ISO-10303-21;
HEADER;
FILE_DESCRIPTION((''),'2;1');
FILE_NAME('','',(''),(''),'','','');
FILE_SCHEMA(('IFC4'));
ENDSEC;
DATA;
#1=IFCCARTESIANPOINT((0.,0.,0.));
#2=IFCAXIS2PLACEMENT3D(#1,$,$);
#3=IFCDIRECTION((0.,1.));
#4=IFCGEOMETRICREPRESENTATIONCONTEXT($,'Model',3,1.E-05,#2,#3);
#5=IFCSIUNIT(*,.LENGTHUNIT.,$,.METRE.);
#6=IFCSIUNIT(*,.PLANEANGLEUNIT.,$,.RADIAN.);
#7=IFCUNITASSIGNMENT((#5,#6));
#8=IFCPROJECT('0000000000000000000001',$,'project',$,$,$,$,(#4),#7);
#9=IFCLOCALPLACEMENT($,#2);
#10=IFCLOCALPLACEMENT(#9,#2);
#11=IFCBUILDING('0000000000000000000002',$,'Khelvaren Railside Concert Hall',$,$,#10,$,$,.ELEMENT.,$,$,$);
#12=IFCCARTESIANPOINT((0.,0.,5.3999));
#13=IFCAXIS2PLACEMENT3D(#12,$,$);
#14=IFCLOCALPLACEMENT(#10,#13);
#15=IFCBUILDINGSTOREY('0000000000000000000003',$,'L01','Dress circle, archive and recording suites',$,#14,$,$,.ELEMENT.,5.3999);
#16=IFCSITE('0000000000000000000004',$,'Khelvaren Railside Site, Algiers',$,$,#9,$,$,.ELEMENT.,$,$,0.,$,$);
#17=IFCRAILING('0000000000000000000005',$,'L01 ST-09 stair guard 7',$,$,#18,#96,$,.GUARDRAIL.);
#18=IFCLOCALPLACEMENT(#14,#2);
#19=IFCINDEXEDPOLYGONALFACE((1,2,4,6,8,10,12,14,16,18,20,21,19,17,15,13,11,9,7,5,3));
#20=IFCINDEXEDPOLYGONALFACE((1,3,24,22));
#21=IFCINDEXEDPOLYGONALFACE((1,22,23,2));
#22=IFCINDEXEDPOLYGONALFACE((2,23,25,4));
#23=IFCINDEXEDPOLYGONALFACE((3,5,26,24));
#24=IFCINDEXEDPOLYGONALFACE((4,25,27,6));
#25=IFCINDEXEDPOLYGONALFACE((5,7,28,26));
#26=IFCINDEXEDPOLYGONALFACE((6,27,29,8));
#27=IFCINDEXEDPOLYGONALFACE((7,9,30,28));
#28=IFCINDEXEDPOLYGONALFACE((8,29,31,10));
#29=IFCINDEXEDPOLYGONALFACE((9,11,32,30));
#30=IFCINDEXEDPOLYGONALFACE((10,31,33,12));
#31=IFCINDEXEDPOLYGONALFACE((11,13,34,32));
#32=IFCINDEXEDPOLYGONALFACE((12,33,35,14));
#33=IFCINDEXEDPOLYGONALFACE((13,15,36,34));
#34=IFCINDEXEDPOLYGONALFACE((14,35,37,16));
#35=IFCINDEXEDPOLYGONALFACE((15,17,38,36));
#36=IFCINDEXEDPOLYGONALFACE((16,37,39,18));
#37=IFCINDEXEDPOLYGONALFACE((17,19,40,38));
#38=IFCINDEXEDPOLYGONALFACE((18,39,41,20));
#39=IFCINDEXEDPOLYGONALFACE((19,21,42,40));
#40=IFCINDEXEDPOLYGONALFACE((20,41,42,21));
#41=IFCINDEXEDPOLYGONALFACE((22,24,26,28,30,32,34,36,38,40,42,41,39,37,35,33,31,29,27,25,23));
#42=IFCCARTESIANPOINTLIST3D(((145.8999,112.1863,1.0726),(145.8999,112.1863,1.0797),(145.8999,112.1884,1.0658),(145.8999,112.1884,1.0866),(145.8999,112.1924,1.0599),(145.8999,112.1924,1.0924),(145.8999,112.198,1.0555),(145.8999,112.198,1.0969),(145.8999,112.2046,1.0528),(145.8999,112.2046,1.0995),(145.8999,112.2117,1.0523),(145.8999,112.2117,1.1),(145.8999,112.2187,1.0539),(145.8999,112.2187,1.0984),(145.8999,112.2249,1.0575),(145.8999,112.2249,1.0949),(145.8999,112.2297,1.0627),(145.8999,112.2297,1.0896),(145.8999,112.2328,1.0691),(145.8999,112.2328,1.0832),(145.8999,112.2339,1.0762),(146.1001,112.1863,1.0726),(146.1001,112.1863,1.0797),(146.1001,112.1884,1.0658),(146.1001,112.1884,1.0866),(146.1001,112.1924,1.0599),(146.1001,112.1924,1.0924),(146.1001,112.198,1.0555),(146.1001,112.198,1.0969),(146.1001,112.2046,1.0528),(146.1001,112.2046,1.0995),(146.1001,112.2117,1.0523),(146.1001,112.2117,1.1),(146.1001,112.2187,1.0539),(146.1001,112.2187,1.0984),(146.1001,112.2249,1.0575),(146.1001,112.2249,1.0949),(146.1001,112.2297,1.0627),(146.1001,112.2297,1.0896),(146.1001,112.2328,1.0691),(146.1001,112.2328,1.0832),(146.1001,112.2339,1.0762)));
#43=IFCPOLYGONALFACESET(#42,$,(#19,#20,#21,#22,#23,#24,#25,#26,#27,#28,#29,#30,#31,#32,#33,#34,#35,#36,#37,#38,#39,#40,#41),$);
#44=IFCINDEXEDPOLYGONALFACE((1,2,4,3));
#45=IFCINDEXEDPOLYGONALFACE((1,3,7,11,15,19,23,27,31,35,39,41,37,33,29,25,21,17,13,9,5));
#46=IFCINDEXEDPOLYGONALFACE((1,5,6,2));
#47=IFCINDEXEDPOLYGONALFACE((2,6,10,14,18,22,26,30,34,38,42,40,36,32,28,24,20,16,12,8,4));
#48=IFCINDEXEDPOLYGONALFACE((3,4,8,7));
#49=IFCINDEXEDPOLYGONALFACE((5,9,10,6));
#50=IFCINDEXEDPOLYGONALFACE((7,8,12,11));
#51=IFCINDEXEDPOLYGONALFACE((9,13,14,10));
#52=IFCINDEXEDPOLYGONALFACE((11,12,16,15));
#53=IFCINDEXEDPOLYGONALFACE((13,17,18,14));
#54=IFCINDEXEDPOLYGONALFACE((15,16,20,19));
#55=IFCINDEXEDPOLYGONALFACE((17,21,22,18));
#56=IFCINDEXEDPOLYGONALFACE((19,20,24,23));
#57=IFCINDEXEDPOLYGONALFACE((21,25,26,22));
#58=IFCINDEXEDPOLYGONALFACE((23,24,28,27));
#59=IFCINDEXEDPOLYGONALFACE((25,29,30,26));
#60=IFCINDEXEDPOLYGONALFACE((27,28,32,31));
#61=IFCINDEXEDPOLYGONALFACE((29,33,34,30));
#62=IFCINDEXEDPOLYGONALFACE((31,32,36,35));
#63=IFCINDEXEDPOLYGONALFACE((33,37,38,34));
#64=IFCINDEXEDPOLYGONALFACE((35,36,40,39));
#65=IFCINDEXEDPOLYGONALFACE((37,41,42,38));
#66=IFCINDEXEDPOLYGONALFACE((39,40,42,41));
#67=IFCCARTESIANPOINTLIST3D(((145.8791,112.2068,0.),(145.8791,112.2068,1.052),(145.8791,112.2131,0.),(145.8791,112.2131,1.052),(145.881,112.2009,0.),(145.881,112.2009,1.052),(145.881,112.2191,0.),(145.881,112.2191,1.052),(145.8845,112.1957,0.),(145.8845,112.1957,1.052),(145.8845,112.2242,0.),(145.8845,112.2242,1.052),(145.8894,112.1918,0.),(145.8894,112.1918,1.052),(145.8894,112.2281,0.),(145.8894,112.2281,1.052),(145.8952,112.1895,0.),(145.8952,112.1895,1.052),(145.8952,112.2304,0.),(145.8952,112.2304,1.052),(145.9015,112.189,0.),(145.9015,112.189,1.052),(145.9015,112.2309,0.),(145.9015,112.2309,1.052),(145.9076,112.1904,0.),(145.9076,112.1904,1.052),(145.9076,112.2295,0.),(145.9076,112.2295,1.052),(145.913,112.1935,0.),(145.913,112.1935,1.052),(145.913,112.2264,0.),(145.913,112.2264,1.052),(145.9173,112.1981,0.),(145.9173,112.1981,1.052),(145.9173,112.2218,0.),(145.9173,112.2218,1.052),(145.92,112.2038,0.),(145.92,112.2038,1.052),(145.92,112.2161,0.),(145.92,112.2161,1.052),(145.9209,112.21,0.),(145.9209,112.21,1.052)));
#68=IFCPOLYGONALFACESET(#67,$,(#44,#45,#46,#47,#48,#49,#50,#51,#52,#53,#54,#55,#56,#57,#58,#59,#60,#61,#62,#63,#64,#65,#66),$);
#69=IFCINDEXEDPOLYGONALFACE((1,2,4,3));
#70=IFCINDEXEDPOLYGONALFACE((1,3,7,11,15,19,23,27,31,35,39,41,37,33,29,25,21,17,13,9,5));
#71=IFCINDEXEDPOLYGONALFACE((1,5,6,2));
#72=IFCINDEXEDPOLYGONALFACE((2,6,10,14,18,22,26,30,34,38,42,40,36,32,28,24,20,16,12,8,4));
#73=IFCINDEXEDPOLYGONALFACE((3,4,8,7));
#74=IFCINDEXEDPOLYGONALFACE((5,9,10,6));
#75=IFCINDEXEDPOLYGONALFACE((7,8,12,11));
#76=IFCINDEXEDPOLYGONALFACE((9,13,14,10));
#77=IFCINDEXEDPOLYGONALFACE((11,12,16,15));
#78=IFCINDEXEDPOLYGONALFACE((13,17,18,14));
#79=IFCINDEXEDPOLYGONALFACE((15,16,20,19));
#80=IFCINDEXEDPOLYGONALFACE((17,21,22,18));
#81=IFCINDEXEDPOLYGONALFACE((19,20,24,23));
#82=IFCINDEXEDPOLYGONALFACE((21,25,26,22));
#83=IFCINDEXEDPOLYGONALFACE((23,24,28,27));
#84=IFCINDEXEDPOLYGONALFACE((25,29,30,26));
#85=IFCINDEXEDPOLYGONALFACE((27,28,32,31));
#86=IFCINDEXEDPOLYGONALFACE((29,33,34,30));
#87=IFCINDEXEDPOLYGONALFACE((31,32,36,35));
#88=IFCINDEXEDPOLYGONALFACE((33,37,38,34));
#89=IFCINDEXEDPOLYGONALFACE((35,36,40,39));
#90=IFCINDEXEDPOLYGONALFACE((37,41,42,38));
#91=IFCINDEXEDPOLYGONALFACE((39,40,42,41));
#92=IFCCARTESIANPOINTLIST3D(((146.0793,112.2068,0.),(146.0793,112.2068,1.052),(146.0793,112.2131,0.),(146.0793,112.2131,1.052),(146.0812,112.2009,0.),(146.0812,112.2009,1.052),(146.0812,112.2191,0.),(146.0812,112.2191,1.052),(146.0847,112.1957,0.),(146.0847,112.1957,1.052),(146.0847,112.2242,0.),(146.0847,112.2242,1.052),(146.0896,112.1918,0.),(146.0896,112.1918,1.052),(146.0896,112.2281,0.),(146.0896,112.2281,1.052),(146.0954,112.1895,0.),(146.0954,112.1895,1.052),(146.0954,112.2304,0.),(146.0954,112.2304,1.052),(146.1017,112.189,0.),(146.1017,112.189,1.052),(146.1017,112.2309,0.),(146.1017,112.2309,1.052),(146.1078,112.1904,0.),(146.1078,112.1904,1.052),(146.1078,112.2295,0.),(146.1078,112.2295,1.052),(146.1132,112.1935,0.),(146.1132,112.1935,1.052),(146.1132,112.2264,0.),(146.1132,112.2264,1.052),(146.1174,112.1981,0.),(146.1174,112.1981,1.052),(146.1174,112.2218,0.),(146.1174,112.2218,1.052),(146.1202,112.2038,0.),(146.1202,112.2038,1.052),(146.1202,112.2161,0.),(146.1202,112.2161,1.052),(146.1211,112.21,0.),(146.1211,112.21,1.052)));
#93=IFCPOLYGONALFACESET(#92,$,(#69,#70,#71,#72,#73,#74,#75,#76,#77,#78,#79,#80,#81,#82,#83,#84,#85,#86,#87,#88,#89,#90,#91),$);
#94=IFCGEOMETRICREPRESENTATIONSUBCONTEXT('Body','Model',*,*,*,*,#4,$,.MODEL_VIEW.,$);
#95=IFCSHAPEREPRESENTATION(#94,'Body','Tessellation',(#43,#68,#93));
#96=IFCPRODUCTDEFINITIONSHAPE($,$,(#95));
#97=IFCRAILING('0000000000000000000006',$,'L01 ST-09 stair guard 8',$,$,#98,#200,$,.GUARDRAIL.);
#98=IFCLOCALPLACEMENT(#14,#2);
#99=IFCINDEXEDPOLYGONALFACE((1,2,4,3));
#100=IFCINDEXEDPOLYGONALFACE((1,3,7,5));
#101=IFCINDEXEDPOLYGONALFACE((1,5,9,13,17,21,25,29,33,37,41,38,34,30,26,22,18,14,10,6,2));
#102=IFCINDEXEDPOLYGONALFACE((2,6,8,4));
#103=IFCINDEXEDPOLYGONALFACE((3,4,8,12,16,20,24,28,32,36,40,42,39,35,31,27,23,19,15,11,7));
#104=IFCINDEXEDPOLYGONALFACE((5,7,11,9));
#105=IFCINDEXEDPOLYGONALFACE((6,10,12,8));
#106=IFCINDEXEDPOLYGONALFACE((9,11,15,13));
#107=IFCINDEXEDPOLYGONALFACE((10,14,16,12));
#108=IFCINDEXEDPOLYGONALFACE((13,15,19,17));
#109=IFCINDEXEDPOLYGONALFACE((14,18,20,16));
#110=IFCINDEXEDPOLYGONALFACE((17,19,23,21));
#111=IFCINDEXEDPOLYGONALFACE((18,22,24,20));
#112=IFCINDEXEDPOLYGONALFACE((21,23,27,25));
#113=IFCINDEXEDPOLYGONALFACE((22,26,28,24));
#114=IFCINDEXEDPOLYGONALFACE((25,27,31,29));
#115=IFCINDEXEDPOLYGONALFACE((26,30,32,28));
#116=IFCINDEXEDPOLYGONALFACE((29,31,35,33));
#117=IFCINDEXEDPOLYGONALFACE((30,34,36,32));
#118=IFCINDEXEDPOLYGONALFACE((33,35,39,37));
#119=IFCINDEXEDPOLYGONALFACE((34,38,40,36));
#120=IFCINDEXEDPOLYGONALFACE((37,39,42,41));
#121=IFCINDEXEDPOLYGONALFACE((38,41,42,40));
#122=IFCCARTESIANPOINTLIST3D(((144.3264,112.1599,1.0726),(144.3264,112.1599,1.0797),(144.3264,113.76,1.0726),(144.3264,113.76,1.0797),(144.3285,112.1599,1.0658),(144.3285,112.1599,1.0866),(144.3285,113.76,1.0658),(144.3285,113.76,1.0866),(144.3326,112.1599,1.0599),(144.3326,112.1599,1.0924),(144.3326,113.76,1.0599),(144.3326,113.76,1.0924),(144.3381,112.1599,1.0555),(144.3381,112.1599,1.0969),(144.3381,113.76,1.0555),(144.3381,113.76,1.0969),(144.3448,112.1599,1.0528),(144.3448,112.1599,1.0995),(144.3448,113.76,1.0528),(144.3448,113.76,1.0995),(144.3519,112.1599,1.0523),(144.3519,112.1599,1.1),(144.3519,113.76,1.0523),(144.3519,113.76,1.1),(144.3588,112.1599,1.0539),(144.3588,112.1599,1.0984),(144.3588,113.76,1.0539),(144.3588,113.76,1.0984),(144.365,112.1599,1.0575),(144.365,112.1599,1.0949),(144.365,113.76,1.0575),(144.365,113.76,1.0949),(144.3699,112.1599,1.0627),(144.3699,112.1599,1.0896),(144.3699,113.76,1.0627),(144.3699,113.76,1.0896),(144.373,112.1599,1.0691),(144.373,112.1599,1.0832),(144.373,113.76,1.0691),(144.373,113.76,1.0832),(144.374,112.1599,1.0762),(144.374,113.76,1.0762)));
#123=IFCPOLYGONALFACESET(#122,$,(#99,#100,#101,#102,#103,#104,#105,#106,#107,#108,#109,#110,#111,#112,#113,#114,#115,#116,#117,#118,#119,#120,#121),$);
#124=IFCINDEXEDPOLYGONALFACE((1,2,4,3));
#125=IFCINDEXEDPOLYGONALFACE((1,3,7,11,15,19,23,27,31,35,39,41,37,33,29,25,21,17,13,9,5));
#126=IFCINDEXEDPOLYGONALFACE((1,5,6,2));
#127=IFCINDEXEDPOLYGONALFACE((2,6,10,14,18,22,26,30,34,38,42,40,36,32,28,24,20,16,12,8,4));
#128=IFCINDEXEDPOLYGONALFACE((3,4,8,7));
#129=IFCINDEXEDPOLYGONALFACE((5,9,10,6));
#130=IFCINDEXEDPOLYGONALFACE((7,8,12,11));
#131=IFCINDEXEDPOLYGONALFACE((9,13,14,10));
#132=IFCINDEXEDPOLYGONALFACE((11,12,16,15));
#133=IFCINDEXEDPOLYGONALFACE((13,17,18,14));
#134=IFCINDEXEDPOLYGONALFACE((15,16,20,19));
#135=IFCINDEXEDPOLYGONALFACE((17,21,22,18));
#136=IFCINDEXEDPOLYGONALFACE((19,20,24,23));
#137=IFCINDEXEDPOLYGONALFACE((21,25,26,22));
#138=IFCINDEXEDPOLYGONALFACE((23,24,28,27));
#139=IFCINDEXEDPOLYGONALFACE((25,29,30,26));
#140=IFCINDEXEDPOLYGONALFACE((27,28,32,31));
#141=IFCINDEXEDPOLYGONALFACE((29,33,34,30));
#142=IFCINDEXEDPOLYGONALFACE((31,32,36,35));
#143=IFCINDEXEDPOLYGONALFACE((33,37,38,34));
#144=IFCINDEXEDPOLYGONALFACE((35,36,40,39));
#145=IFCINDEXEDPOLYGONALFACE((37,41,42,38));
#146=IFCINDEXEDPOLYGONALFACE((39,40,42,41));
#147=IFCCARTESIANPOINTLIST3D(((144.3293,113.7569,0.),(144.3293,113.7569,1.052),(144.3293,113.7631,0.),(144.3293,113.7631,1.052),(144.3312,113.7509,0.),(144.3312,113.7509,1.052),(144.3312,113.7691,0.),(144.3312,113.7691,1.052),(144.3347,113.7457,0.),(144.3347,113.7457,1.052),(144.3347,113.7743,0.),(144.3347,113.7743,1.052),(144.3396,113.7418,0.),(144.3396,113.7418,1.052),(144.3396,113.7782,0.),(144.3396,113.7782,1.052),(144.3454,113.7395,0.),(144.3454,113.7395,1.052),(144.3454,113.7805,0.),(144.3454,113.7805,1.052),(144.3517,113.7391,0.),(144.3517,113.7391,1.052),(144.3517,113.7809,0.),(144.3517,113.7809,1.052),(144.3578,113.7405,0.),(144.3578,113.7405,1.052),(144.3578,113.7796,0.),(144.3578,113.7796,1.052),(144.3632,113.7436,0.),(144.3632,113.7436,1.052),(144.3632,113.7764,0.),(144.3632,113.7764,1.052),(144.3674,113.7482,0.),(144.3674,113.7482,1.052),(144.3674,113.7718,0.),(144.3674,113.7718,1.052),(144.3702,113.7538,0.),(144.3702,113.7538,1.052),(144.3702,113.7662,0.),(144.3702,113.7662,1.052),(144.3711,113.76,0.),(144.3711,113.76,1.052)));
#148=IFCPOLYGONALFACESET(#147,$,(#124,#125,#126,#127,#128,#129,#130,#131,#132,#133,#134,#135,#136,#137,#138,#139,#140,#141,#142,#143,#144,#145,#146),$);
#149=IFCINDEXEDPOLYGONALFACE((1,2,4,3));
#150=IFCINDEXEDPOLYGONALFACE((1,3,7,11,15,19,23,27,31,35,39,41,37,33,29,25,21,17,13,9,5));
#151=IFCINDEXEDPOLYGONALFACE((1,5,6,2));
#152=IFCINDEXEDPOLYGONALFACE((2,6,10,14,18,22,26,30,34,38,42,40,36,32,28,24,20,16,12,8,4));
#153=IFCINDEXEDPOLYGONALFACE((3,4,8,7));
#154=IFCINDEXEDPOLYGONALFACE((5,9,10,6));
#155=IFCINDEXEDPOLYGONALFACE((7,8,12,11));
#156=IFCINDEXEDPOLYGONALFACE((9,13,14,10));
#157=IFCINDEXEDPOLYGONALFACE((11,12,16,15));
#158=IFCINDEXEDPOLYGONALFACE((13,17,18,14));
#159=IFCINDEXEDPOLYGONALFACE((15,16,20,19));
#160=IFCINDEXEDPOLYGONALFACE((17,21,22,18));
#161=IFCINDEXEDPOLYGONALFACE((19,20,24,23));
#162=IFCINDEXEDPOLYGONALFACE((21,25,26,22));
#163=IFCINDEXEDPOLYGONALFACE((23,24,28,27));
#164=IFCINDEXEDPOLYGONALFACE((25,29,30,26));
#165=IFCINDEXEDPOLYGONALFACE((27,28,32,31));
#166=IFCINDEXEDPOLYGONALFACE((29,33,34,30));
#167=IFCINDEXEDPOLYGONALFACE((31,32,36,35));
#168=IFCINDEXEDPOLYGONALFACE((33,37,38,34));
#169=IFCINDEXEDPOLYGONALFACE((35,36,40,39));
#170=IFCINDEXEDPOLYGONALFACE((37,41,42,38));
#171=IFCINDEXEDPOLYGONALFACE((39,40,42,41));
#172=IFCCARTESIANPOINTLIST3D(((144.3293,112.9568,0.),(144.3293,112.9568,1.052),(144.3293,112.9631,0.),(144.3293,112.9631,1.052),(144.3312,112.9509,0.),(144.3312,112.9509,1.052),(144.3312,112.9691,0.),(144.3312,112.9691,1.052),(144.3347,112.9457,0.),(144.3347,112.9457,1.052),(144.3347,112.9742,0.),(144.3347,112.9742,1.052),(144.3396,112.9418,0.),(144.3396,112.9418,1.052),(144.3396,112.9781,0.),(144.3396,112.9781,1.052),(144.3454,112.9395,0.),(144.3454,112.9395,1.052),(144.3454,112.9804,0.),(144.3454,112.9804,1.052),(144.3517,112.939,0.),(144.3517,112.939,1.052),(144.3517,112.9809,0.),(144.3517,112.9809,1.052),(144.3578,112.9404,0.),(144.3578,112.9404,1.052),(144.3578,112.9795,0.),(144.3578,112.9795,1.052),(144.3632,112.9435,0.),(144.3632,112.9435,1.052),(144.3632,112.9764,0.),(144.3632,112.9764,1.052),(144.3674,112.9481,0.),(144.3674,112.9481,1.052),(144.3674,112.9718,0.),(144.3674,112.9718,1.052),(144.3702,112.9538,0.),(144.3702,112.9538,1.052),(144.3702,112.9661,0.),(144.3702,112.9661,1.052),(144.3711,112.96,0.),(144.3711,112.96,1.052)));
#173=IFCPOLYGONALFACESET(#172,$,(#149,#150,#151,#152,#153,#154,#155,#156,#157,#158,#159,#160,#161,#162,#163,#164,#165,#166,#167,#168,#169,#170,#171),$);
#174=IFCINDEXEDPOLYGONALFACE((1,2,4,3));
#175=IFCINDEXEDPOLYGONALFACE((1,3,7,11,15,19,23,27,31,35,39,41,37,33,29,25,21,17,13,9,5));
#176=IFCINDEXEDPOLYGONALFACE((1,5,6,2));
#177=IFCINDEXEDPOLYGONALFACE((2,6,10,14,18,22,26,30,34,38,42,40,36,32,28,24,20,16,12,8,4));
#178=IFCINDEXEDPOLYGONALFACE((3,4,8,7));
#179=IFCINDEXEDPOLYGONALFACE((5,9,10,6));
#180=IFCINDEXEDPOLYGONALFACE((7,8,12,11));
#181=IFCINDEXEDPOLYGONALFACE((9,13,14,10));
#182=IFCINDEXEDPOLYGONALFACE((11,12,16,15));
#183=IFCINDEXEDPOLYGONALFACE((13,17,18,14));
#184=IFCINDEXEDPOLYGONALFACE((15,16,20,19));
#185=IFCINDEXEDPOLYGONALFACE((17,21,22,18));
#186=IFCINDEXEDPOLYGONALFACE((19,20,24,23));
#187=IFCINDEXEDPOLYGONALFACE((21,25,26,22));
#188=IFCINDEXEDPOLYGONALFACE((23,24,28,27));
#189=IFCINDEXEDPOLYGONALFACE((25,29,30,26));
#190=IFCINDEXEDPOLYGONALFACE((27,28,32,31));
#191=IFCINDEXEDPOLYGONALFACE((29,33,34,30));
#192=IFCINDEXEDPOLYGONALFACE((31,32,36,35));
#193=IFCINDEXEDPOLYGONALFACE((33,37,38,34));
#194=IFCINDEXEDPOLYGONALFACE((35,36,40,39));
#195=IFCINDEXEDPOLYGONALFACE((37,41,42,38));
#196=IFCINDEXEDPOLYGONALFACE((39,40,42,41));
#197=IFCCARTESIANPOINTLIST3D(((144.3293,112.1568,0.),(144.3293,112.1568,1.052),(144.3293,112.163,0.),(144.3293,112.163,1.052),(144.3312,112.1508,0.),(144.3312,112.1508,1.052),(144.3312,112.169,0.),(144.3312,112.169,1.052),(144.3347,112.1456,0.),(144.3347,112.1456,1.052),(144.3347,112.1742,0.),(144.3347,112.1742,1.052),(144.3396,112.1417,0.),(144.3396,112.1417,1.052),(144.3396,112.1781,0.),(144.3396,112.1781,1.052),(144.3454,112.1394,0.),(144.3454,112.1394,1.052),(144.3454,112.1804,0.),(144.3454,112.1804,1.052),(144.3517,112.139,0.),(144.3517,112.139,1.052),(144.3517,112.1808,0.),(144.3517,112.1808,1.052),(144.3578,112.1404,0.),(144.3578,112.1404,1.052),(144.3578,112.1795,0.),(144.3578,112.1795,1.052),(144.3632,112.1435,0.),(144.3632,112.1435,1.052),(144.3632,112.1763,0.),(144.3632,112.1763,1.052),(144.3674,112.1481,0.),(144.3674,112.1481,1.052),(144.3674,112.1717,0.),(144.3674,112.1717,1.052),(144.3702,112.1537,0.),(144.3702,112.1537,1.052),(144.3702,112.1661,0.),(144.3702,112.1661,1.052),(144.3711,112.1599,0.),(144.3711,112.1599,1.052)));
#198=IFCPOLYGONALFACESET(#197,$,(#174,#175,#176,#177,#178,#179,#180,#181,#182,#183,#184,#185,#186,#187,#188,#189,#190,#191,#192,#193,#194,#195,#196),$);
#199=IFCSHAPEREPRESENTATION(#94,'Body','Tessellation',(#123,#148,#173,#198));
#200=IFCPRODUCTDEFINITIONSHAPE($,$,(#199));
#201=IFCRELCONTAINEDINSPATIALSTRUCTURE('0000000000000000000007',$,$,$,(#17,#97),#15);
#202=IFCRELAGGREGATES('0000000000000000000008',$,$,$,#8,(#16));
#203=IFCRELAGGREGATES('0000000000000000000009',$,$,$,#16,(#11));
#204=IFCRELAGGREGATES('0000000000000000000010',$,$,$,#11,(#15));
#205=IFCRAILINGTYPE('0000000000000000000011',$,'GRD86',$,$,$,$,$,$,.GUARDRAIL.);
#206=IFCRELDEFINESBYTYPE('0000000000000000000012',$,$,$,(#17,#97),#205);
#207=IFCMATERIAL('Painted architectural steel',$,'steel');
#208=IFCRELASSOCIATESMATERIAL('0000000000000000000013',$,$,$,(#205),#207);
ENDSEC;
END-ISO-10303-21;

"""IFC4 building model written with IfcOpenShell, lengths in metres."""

from ifc_helpers import new_model, si_unit, direction, frame, origin, origin_2d, place, context, subcontext, project, spatial, circle, extrude, material, type_object, element, save


model = new_model("IFC4")

# Units and contexts
model_context = context("Model", 3, precision=1e-05, world=origin(), true_north=direction((0.0, 1.0)))
body_context = subcontext(model_context, "Body", "Model", "MODEL_VIEW")
ifc_project = project(units=[si_unit("LENGTHUNIT", "METRE"), si_unit("PLANEANGLEUNIT", "RADIAN")], contexts=[model_context])

# Site, building, storey
site_placement = place(None, origin())
site = spatial("IfcSite", under=ifc_project, at=site_placement, Name="Khelvaren Railside Site, Algiers", CompositionType="ELEMENT", RefElevation=0.0)
building_placement = place(site_placement, origin())
building = spatial("IfcBuilding", under=site, at=building_placement, Name="Khelvaren Railside Concert Hall", CompositionType="ELEMENT")
storey_placement = place(building_placement, frame((0.0, 0.0, 5.3999)))
storey = spatial("IfcBuildingStorey", under=building, at=storey_placement, Name="L01", Description="Dress circle, archive and recording suites", CompositionType="ELEMENT", Elevation=5.3999)

# Railings
ifc_material_1 = material(Name="Painted architectural steel", Category="steel")
railing_type_1 = type_object("IfcRailingType", Name="GRD86", PredefinedType="GUARDRAIL", material=ifc_material_1)
railing_1_placement = place(storey_placement, frame((145.8999, 112.21, 0.0)))
element("IfcRailing", 1, at=railing_1_placement, inside=storey, type_object=railing_type_1, Name="L01 ST-09 stair guard 7", PredefinedType="GUARDRAIL", context=body_context, shape_type="SweptSolid", body=[
    extrude(circle(Radius=0.0239, at=origin_2d()), frame((0.0, 0.0, 1.0762), z_axis=(1.0, 0.0, 0.0), x_axis=(0.0, 1.0, 0.0)), (0.0, 0.0, 1.0), 0.2002),
    extrude(circle(Radius=0.021, at=origin_2d()), origin(), (0.0, 0.0, 1.0), 1.052),
    extrude(circle(Radius=0.021, at=origin_2d()), frame((0.2002, 0.0, 0.0)), (0.0, 0.0, 1.0), 1.052),
])
railing_2_placement = place(storey_placement, frame((144.3501, 113.76, 0.0)))
element("IfcRailing", 2, at=railing_2_placement, inside=storey, type_object=railing_type_1, Name="L01 ST-09 stair guard 8", PredefinedType="GUARDRAIL", context=body_context, shape_type="SweptSolid", body=[
    extrude(circle(Radius=0.0239, at=origin_2d()), frame((0.0, 0.0, 1.0762), z_axis=(0.0, -1.0, 0.0), x_axis=(1.0, 0.0, 0.0)), (0.0, 0.0, 1.0), 1.6001),
    extrude(circle(Radius=0.021, at=origin_2d()), origin(), (0.0, 0.0, 1.0), 1.052),
    extrude(circle(Radius=0.021, at=origin_2d()), frame((0.0, -0.8, 0.0)), (0.0, 0.0, 1.0), 1.052),
    extrude(circle(Radius=0.021, at=origin_2d()), frame((0.0, -1.6001, 0.0)), (0.0, 0.0, 1.0), 1.052),
])

save(model, "model.ifc")
